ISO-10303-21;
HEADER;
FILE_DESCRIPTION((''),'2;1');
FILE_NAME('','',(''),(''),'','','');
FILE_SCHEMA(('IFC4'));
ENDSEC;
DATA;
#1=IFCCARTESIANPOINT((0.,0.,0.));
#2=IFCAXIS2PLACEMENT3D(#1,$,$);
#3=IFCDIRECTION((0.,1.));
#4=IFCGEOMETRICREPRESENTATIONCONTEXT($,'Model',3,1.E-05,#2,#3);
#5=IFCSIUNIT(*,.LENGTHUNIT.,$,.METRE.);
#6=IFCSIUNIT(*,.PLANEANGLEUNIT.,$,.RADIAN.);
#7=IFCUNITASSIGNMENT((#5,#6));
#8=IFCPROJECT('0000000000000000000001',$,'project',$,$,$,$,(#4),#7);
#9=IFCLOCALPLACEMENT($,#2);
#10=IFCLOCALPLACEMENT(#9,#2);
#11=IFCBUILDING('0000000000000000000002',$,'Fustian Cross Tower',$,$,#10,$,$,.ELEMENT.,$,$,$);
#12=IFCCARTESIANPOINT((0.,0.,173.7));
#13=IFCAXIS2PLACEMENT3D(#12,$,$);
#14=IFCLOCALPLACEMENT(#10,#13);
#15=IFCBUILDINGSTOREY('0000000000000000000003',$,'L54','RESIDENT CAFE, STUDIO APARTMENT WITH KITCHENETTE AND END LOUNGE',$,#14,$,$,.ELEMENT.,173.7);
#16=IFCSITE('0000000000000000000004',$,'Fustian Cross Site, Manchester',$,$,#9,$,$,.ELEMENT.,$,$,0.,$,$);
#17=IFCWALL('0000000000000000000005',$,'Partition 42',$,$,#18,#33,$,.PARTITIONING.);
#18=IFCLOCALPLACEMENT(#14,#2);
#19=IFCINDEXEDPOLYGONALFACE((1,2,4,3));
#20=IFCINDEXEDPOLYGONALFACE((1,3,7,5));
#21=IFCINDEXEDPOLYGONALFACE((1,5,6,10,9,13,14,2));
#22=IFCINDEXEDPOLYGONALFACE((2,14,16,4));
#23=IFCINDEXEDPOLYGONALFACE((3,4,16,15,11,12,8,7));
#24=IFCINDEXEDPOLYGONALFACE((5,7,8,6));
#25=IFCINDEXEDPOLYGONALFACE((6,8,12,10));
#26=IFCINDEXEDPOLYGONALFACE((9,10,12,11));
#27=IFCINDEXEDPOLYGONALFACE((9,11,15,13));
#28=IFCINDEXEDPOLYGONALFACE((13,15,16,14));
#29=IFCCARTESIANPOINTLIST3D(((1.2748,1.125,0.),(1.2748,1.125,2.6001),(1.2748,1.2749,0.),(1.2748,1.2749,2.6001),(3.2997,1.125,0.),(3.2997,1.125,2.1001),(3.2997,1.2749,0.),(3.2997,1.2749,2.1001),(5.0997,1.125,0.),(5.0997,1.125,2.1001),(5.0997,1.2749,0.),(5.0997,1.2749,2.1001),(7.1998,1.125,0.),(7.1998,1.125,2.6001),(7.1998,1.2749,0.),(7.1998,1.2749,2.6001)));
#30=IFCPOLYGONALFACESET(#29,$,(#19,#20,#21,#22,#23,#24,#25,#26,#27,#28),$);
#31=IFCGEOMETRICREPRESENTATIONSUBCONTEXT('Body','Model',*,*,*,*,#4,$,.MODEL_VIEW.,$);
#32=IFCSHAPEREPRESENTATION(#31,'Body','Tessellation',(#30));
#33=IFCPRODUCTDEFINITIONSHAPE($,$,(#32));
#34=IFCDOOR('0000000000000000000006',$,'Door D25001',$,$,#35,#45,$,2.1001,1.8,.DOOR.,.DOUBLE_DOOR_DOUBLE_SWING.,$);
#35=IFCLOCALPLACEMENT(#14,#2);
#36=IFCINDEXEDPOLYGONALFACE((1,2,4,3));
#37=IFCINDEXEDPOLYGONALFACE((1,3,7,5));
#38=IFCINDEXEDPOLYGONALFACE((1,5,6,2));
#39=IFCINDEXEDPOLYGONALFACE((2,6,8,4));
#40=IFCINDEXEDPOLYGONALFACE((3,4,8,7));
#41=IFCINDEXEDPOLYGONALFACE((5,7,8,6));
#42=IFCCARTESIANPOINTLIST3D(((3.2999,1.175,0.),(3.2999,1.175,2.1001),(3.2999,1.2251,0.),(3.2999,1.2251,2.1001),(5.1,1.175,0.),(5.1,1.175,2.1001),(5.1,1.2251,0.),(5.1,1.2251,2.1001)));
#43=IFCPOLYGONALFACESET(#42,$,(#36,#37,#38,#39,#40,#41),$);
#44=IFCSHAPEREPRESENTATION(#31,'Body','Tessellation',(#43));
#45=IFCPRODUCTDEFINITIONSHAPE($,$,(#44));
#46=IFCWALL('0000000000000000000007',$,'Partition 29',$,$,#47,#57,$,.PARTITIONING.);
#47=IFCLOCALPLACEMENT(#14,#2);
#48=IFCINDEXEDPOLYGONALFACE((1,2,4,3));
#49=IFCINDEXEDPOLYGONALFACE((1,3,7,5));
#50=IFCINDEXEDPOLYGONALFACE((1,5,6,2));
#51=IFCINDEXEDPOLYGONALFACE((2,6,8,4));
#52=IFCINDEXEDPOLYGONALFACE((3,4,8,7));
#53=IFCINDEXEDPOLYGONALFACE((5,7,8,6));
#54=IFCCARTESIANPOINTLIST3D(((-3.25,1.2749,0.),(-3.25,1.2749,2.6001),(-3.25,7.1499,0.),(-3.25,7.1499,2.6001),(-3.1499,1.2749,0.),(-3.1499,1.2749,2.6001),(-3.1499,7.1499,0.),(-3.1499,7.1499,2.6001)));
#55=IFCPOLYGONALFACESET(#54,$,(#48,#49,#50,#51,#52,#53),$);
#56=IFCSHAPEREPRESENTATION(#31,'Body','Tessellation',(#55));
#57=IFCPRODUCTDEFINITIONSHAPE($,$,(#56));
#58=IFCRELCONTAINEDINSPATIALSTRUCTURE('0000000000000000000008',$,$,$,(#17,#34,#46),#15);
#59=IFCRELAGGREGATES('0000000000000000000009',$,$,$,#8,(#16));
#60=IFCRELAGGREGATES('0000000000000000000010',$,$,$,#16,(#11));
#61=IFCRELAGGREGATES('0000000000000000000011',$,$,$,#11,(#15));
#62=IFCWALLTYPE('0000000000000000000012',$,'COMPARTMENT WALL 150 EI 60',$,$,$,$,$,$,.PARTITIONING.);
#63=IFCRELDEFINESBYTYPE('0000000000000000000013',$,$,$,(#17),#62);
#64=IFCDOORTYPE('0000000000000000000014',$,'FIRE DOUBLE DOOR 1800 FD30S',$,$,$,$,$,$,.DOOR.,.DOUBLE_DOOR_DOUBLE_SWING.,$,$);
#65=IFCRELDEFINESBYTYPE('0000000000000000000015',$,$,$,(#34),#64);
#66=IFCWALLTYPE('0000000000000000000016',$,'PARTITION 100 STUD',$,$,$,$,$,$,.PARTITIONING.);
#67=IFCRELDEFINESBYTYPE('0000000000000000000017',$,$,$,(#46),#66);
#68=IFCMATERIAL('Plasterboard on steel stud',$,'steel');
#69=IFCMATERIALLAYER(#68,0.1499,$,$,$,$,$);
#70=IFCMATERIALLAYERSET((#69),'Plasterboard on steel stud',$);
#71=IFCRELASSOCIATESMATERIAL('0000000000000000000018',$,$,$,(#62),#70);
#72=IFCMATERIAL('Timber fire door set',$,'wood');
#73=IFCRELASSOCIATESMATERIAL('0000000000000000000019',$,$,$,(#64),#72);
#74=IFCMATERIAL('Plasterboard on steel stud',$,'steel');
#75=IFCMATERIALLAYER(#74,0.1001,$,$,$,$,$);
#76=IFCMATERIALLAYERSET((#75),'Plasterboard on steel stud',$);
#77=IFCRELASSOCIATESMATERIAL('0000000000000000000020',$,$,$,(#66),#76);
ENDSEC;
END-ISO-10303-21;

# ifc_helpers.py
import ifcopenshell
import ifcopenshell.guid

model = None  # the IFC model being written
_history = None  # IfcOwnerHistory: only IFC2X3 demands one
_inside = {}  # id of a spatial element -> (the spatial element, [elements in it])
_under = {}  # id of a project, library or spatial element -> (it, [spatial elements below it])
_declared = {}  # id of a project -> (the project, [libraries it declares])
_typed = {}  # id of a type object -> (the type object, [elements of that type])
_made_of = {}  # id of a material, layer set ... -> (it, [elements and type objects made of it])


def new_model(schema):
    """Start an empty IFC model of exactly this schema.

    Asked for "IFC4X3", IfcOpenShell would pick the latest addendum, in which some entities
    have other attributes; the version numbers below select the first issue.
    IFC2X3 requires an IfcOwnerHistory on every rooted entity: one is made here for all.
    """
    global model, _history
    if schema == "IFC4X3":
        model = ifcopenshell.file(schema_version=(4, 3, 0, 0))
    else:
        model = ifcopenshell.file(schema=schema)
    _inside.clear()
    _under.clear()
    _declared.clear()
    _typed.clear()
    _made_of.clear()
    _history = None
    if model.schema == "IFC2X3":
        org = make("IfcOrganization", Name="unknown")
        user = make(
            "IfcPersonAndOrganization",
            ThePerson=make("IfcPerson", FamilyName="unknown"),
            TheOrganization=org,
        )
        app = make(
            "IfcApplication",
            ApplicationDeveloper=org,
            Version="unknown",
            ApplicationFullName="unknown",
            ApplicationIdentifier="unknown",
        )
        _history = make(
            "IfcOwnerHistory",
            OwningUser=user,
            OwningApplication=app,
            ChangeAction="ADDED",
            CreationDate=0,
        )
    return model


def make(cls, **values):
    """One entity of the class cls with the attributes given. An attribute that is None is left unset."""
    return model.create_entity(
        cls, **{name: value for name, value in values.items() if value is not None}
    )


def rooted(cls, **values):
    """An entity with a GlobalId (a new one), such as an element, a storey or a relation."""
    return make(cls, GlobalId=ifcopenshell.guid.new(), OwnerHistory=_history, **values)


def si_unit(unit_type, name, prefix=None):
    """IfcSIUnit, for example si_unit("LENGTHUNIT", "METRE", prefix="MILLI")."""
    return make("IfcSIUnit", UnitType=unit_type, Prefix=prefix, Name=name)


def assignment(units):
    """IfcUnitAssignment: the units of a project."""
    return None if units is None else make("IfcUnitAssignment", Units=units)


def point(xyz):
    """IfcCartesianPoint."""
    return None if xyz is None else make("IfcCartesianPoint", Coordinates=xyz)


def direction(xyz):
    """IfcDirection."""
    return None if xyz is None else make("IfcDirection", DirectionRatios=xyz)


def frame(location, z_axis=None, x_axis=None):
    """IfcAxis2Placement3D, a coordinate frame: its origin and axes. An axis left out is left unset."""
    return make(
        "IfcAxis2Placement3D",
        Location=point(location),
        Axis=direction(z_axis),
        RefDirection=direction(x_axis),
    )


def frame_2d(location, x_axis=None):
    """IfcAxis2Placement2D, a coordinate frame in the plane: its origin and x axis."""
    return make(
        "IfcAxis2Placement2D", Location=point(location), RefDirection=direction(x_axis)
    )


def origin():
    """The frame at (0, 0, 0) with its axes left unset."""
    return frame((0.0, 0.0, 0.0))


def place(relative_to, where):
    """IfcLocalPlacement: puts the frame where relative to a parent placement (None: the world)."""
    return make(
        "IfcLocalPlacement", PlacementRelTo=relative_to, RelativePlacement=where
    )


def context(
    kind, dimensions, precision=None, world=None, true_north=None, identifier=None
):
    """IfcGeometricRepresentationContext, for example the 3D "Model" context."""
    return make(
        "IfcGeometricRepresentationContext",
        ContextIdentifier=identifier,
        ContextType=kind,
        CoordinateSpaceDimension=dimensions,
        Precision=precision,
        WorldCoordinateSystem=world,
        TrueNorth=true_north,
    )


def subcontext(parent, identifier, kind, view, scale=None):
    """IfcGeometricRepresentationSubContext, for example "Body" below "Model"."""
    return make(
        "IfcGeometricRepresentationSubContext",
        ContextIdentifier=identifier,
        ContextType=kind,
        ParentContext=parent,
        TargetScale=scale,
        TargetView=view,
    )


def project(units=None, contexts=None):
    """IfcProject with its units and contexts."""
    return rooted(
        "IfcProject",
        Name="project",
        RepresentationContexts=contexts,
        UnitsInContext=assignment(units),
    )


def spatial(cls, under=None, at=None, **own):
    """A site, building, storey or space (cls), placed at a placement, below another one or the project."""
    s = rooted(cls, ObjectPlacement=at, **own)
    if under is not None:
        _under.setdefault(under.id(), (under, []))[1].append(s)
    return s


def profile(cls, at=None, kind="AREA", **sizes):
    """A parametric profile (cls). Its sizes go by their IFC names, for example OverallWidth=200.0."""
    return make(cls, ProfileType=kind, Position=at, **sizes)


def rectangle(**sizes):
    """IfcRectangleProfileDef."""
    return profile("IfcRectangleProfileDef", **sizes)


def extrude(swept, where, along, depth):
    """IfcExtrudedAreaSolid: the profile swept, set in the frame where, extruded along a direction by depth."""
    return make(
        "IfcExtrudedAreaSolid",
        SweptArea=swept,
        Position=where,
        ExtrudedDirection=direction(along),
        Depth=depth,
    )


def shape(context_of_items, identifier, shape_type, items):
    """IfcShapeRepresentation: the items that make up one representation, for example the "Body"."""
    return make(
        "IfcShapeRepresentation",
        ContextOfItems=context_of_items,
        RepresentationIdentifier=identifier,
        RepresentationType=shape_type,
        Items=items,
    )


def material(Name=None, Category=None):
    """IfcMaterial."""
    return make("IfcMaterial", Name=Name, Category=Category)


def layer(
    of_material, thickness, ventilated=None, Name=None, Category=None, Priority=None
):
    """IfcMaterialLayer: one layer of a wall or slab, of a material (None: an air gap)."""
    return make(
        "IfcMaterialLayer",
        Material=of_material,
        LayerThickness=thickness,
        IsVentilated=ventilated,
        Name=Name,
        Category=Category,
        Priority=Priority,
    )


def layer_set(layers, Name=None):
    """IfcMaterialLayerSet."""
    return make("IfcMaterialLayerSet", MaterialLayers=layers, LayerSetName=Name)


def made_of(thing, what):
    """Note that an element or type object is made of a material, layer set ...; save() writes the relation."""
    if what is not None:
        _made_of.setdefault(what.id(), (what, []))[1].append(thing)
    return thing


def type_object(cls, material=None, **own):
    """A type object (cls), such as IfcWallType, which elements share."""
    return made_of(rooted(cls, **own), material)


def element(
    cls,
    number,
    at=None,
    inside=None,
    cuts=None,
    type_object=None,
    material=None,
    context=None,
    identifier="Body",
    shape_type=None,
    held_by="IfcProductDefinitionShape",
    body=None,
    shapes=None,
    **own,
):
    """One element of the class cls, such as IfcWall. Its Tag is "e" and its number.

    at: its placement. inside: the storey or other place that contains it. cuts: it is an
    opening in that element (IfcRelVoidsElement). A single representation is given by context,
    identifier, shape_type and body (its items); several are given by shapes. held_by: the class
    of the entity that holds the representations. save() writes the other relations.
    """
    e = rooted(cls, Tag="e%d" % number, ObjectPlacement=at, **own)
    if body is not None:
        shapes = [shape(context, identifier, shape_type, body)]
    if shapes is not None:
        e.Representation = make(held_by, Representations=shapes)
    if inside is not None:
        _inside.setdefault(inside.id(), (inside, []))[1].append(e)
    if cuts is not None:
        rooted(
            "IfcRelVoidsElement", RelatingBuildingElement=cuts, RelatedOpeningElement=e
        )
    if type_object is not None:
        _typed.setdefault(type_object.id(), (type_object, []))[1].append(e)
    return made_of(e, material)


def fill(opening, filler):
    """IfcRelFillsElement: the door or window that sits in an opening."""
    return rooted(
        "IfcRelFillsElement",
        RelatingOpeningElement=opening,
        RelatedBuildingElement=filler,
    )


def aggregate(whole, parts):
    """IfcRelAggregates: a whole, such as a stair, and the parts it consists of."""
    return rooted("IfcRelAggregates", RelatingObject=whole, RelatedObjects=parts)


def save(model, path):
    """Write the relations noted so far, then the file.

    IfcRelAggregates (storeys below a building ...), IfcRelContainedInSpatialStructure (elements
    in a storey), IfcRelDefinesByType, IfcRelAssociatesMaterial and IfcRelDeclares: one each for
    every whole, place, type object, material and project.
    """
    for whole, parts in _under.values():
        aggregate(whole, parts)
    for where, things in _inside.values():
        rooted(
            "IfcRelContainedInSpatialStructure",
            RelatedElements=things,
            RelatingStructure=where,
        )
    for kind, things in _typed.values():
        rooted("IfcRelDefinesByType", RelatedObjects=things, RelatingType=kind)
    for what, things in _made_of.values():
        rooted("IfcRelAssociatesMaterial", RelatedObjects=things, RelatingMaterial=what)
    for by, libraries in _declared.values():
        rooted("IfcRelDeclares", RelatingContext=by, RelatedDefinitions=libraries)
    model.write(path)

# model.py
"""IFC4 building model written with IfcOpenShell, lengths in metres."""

from ifc_helpers import new_model, si_unit, direction, frame, frame_2d, origin, place, context, subcontext, project, spatial, rectangle, extrude, material, layer, layer_set, type_object, element, fill, save


model = new_model("IFC4")

# Units and contexts
model_context = context("Model", 3, precision=1e-05, world=origin(), true_north=direction((0.0, 1.0)))
body_context = subcontext(model_context, "Body", "Model", "MODEL_VIEW")
ifc_project = project(units=[si_unit("LENGTHUNIT", "METRE"), si_unit("PLANEANGLEUNIT", "RADIAN")], contexts=[model_context])

# Site, building, storey
site_placement = place(None, origin())
site = spatial("IfcSite", under=ifc_project, at=site_placement, Name="Fustian Cross Site, Manchester", CompositionType="ELEMENT", RefElevation=0.0)
building_placement = place(site_placement, origin())
building = spatial("IfcBuilding", under=site, at=building_placement, Name="Fustian Cross Tower", CompositionType="ELEMENT")
storey_placement = place(building_placement, frame((0.0, 0.0, 173.7)))
storey = spatial("IfcBuildingStorey", under=building, at=storey_placement, Name="L54", Description="RESIDENT CAFE, STUDIO APARTMENT WITH KITCHENETTE AND END LOUNGE", CompositionType="ELEMENT", Elevation=173.7)

# Shared definitions
ifc_material_1 = material(Name="Plasterboard on steel stud", Category="steel")
ifc_layer_1 = layer(ifc_material_1, 0.1499)
ifc_layer_set_1 = layer_set([ifc_layer_1], Name="Plasterboard on steel stud")
wall_type_1 = type_object("IfcWallType", Name="COMPARTMENT WALL 150 EI 60", PredefinedType="PARTITIONING", material=ifc_layer_set_1)

# Wall, opening, door
wall_1_placement = place(storey_placement, frame((1.2749, 1.2, 0.0), z_axis=(0.0, 0.0, 1.0), x_axis=(1.0, 0.0, 0.0)))
wall_1 = element("IfcWall", 1, at=wall_1_placement, inside=storey, type_object=wall_type_1, Name="Partition 42", PredefinedType="PARTITIONING", context=body_context, shape_type="SweptSolid", body=[
    extrude(rectangle(XDim=5.925, YDim=0.1499, at=frame_2d((2.9624, 0.0))), origin(), (0.0, 0.0, 1.0), 2.6001),
])
opening_1_placement = place(wall_1_placement, frame((2.0249, 0.0, 0.0)))
opening_1 = element("IfcOpeningElement", 2, at=opening_1_placement, cuts=wall_1, PredefinedType="OPENING", context=body_context, shape_type="SweptSolid", body=[
    extrude(rectangle(XDim=1.8, YDim=2.1001, at=frame_2d((0.8999, 1.05))), frame((0.0, 0.085, 0.0), z_axis=(0.0, -1.0, 0.0), x_axis=(1.0, 0.0, 0.0)), (0.0, 0.0, 1.0), 0.1699),
])
ifc_material_2 = material(Name="Timber fire door set", Category="wood")
door_type_1 = type_object("IfcDoorType", Name="FIRE DOUBLE DOOR 1800 FD30S", OperationType="DOUBLE_DOOR_DOUBLE_SWING", PredefinedType="DOOR", material=ifc_material_2)
door_1_placement = place(opening_1_placement, frame((1.8, 0.0, 0.0), z_axis=(0.0, 0.0, 1.0), x_axis=(-1.0, 0.0, 0.0)))
door_1 = element("IfcDoor", 3, at=door_1_placement, inside=storey, type_object=door_type_1, Name="Door D25001", OperationType="DOUBLE_DOOR_DOUBLE_SWING", OverallHeight=2.1001, OverallWidth=1.8, PredefinedType="DOOR", context=body_context, shape_type="SweptSolid", body=[
    extrude(rectangle(XDim=1.8, YDim=2.1001, at=frame_2d((0.8999, 1.05))), frame((0.0, 0.0249, 0.0), z_axis=(0.0, -1.0, 0.0), x_axis=(1.0, 0.0, 0.0)), (0.0, 0.0, 1.0), 0.05),
])
fill(opening_1, door_1)

# Wall
ifc_material_3 = material(Name="Plasterboard on steel stud", Category="steel")
ifc_layer_2 = layer(ifc_material_3, 0.1001)
ifc_layer_set_2 = layer_set([ifc_layer_2], Name="Plasterboard on steel stud")
wall_type_2 = type_object("IfcWallType", Name="PARTITION 100 STUD", PredefinedType="PARTITIONING", material=ifc_layer_set_2)
wall_2_placement = place(storey_placement, frame((-3.2, 1.2749, 0.0), z_axis=(0.0, 0.0, 1.0), x_axis=(0.0, 1.0, 0.0)))
element("IfcWall", 4, at=wall_2_placement, inside=storey, type_object=wall_type_2, Name="Partition 29", PredefinedType="PARTITIONING", context=body_context, shape_type="SweptSolid", body=[
    extrude(rectangle(XDim=5.875, YDim=0.1001, at=frame_2d((2.9375, 0.0))), origin(), (0.0, 0.0, 1.0), 2.6001),
])

save(model, "model.ifc")
